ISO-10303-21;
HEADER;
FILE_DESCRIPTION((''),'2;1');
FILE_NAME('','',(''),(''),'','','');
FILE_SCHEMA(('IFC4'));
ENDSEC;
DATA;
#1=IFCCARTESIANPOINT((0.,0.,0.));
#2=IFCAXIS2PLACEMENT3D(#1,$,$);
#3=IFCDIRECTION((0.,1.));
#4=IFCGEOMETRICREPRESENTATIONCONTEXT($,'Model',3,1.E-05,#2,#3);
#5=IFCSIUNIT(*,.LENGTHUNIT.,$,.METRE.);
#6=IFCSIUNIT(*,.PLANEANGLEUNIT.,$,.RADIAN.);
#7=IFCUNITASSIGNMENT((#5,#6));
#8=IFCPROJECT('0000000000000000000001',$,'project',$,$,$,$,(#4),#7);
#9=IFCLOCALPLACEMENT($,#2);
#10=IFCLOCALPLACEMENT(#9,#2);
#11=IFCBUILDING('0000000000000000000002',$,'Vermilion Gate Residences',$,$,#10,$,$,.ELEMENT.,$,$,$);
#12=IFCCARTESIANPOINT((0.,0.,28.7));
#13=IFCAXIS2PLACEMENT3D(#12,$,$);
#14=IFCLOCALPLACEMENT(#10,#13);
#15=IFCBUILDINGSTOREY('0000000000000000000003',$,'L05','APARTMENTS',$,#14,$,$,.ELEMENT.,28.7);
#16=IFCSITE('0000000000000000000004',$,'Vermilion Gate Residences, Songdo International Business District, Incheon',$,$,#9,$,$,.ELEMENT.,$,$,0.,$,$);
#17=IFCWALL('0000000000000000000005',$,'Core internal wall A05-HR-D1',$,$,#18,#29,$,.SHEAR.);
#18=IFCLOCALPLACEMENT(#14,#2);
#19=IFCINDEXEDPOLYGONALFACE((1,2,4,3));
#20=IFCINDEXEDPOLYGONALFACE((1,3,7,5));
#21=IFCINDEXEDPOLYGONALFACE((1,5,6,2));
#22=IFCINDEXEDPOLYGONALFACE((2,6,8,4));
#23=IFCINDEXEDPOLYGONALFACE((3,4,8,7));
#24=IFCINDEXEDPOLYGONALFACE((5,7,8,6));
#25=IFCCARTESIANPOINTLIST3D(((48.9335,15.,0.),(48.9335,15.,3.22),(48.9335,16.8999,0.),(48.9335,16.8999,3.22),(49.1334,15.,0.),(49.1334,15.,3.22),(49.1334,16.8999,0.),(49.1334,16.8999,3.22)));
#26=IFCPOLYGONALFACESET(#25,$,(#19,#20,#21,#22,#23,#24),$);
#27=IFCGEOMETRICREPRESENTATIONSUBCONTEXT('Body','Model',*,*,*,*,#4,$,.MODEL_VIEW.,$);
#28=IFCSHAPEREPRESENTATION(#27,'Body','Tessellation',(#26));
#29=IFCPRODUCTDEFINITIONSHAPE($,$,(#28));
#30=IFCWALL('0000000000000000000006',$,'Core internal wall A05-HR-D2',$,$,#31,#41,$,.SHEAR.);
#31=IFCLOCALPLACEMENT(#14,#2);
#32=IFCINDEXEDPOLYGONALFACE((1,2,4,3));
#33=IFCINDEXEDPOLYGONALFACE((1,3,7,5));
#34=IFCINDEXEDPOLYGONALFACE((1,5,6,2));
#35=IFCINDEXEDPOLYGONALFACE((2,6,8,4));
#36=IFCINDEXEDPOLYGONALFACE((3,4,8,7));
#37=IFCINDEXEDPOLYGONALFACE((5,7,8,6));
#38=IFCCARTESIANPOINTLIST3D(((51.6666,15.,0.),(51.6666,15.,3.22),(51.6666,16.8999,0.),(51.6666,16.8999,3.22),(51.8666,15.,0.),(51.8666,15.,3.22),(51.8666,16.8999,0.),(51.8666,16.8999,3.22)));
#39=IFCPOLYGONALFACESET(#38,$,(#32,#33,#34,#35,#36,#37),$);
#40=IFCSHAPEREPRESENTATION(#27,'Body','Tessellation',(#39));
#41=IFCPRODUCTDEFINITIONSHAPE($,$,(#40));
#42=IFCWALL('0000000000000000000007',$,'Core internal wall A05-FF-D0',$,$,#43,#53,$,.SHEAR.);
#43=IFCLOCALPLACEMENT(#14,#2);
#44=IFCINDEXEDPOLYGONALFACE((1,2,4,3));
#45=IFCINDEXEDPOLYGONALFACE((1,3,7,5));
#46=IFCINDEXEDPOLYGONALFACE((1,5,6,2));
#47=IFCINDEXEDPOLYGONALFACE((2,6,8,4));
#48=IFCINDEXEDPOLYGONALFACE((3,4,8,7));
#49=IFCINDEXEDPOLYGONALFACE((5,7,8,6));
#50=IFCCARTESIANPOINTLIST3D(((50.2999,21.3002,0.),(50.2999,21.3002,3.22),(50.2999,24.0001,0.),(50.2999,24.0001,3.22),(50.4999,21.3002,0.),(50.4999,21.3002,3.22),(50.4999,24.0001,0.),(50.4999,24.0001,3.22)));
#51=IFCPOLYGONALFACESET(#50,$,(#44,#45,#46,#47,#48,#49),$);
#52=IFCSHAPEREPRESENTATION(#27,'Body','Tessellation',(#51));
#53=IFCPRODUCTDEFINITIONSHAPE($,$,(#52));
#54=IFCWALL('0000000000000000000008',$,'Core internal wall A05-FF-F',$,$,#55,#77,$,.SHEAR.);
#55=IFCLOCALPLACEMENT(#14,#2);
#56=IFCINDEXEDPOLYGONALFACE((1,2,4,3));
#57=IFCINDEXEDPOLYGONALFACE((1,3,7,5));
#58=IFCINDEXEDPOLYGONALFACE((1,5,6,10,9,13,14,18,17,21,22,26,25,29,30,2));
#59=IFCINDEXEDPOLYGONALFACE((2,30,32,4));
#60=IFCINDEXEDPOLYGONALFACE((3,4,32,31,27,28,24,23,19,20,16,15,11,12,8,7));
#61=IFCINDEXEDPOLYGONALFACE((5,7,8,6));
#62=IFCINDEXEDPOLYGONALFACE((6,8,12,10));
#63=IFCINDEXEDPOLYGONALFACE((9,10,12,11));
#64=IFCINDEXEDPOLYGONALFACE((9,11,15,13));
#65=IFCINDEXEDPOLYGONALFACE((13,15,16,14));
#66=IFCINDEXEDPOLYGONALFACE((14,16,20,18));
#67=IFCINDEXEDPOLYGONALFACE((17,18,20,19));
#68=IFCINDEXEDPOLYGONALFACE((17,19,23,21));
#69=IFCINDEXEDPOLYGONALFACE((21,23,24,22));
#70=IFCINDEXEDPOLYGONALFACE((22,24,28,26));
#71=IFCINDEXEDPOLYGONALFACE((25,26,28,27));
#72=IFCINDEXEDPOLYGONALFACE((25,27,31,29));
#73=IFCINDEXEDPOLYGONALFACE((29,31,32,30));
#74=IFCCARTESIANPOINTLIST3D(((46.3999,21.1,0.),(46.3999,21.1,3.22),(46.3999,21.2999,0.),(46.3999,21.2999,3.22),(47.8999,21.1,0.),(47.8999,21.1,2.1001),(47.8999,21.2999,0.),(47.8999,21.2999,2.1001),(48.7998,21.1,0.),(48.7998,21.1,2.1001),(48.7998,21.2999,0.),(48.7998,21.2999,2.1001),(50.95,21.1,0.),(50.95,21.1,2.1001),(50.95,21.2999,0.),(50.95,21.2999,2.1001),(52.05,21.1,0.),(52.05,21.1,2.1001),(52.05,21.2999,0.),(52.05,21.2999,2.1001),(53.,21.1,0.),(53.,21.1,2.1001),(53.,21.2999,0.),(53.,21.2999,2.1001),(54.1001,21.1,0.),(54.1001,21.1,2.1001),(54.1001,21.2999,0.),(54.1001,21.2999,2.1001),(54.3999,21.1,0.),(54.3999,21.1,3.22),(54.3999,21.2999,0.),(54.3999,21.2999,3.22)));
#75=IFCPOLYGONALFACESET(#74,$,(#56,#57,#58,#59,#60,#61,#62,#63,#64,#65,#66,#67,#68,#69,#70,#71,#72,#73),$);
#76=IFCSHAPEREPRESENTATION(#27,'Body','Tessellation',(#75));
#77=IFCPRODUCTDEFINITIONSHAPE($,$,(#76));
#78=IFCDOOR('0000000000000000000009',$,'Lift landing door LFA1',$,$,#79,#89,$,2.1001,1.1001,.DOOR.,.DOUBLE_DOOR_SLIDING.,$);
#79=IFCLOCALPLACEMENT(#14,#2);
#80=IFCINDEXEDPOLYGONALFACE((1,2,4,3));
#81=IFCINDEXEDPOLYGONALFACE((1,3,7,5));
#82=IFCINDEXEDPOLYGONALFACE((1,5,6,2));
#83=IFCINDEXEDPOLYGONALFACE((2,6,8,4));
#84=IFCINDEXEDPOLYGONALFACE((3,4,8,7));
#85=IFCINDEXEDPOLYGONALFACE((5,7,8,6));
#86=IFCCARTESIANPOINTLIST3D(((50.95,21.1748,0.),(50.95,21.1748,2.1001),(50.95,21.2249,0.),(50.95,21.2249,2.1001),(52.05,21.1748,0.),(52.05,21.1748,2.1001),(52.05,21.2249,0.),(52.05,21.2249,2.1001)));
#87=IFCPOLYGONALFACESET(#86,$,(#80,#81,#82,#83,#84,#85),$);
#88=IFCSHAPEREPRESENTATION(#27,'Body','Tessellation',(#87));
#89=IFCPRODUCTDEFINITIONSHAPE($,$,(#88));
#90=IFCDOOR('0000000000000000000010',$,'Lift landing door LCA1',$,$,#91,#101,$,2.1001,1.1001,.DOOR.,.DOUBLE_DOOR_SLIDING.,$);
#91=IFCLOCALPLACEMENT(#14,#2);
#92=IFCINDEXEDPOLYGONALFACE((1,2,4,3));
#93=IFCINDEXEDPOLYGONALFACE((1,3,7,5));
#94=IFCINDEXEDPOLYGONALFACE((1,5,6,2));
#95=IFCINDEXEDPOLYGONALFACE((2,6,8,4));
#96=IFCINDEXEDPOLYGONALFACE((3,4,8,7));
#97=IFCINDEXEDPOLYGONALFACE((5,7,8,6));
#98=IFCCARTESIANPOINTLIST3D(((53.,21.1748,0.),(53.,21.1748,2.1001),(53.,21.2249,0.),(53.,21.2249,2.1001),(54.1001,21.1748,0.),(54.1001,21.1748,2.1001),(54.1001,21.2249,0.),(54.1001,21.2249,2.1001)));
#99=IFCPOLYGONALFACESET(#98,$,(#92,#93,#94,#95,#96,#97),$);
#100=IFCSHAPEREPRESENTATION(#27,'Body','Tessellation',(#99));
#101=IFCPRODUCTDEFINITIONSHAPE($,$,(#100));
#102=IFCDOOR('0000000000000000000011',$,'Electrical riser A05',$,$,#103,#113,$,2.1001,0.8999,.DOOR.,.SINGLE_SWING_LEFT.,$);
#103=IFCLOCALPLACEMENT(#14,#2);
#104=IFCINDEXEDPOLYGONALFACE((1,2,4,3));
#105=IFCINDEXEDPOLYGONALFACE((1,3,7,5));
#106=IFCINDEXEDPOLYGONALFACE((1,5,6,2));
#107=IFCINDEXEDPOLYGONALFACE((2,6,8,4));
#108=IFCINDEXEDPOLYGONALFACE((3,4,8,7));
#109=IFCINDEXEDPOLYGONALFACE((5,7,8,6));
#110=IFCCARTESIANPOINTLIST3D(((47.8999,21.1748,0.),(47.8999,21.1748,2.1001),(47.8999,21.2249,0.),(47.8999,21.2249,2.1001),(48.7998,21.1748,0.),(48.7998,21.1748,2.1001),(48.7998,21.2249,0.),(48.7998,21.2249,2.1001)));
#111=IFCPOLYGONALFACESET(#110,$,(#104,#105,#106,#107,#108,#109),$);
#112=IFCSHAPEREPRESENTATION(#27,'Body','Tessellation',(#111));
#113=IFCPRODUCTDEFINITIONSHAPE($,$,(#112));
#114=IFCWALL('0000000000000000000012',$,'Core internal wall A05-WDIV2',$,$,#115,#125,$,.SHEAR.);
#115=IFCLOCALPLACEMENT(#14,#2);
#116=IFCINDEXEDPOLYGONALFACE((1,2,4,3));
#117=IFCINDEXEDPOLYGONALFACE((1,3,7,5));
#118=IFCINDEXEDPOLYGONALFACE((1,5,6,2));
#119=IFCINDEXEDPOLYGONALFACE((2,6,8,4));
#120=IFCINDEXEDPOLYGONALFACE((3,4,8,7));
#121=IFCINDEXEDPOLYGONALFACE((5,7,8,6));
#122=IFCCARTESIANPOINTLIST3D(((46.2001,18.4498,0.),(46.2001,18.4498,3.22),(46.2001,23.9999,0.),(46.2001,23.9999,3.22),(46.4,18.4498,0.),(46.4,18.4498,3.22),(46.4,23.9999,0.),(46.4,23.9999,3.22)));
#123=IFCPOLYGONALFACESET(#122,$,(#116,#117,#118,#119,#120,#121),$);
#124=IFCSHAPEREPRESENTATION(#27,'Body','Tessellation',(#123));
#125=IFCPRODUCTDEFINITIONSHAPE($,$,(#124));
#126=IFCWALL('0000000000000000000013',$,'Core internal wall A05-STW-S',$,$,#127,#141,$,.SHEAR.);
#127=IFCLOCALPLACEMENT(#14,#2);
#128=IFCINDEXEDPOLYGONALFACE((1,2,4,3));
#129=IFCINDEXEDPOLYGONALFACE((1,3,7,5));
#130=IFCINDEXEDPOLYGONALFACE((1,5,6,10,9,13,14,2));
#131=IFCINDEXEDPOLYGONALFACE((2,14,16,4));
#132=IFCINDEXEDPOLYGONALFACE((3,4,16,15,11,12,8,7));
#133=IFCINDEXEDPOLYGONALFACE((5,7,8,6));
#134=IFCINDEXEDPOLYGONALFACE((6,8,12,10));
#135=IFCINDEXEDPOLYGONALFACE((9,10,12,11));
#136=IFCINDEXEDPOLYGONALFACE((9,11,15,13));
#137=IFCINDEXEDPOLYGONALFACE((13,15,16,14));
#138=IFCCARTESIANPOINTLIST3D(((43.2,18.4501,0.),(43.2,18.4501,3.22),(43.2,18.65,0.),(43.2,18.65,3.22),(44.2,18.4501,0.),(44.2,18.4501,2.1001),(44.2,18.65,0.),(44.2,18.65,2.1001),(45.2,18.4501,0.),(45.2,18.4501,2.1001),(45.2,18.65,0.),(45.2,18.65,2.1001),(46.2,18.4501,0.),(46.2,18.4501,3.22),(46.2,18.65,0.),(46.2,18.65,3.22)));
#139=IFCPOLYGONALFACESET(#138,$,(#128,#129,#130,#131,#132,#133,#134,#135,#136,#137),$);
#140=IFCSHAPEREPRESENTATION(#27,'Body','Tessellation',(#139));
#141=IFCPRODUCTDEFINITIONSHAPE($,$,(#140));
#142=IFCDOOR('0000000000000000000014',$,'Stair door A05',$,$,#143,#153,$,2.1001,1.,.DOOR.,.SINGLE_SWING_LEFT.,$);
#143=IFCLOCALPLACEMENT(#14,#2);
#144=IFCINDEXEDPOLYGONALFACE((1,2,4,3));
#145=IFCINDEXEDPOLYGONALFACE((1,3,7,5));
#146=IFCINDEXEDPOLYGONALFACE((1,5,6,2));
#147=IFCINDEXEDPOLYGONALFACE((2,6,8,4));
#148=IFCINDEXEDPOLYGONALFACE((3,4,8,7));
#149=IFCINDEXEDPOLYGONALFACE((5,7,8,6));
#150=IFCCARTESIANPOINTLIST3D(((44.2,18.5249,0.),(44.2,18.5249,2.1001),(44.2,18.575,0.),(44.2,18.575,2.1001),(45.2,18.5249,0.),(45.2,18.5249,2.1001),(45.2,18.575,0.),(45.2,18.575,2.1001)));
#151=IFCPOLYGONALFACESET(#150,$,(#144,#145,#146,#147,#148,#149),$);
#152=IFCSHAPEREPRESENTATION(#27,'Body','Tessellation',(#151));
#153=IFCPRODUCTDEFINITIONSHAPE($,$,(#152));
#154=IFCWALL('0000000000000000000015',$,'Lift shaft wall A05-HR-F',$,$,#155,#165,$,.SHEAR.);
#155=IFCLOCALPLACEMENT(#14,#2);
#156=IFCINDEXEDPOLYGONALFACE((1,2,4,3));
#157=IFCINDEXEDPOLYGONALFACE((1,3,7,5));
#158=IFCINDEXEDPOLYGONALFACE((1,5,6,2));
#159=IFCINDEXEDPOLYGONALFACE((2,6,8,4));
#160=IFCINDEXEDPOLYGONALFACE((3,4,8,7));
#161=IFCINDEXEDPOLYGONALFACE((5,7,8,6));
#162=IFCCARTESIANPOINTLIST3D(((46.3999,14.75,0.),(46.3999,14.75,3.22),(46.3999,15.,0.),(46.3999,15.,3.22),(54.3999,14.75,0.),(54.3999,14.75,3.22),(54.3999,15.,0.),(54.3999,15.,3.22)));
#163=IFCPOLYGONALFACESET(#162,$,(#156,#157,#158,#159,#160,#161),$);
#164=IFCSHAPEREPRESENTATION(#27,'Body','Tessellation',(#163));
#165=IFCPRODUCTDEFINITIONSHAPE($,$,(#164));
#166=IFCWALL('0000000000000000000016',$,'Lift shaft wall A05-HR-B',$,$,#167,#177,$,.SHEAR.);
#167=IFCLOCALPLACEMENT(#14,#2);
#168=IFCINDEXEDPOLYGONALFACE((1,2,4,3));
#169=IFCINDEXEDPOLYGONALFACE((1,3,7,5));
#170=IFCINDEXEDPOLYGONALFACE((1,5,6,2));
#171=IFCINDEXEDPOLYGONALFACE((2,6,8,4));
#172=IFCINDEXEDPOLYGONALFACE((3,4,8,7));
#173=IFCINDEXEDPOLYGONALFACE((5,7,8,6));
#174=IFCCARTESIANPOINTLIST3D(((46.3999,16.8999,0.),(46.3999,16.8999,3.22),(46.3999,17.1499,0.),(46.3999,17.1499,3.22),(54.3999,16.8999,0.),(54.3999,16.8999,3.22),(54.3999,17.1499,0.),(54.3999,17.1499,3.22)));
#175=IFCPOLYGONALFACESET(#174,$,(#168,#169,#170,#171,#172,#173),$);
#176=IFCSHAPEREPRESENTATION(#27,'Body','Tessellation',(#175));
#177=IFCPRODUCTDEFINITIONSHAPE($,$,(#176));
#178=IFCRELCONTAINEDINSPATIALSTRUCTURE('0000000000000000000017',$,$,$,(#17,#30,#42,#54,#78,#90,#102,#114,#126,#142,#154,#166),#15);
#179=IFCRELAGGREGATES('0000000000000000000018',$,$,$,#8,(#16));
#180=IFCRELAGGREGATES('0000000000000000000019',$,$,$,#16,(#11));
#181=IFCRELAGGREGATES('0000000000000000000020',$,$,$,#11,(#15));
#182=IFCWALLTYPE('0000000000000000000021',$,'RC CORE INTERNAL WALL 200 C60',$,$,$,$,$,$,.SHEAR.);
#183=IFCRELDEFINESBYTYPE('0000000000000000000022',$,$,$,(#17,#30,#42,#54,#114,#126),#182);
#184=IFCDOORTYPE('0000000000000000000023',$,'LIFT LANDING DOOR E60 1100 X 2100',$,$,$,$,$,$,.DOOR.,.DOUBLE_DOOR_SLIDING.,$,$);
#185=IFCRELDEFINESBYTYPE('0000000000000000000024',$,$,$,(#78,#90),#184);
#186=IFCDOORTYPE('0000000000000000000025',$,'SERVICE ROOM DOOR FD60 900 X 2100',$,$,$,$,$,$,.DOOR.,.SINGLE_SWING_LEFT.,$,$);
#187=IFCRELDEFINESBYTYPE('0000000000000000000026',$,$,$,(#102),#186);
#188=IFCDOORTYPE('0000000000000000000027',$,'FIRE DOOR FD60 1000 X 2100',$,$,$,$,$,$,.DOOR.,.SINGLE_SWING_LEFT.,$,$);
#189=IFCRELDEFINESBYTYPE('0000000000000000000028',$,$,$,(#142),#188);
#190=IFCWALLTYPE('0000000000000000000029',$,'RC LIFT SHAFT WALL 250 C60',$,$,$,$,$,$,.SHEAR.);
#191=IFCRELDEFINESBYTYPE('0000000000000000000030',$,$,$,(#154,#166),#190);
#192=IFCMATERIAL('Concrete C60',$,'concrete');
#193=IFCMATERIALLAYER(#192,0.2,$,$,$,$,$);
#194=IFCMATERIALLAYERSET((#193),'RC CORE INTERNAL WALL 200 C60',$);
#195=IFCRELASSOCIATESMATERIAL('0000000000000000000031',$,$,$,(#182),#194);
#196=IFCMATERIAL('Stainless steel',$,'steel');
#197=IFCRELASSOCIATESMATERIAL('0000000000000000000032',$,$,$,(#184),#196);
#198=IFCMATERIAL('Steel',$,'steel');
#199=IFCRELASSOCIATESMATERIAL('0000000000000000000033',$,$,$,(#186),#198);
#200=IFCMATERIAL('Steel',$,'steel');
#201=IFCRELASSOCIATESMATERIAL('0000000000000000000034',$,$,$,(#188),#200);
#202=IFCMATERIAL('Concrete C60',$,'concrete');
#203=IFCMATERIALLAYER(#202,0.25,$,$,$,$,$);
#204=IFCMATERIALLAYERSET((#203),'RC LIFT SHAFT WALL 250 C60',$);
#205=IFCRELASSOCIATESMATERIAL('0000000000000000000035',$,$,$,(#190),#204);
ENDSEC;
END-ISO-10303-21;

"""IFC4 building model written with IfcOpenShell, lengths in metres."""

from ifc_helpers import new_model, si_unit, direction, frame, frame_2d, origin, place, context, subcontext, project, spatial, rectangle, extrude, material, layer, layer_set, type_object, element, fill, save


model = new_model("IFC4")

# Units and contexts
model_context = context("Model", 3, precision=1e-05, world=origin(), true_north=direction((0.0, 1.0)))
body_context = subcontext(model_context, "Body", "Model", "MODEL_VIEW")
ifc_project = project(units=[si_unit("LENGTHUNIT", "METRE"), si_unit("PLANEANGLEUNIT", "RADIAN")], contexts=[model_context])

# Site, building, storey
site_placement = place(None, origin())
site = spatial("IfcSite", under=ifc_project, at=site_placement, Name="Vermilion Gate Residences, Songdo International Business District, Incheon", CompositionType="ELEMENT", RefElevation=0.0)
building_placement = place(site_placement, origin())
building = spatial("IfcBuilding", under=site, at=building_placement, Name="Vermilion Gate Residences", CompositionType="ELEMENT")
storey_placement = place(building_placement, frame((0.0, 0.0, 28.7)))
storey = spatial("IfcBuildingStorey", under=building, at=storey_placement, Name="L05", Description="APARTMENTS", CompositionType="ELEMENT", Elevation=28.7)

# Walls
ifc_material_1 = material(Name="Concrete C60", Category="concrete")
ifc_layer_1 = layer(ifc_material_1, 0.2)
ifc_layer_set_1 = layer_set([ifc_layer_1], Name="RC CORE INTERNAL WALL 200 C60")
wall_type_1 = type_object("IfcWallType", Name="RC CORE INTERNAL WALL 200 C60", PredefinedType="SHEAR", material=ifc_layer_set_1)
for number, where, z_axis, x_axis, name in (
    (1, (49.0334, 15.0, 0.0), (0.0, 0.0, 1.0), (0.0, 1.0, 0.0), "Core internal wall A05-HR-D1"),
    (2, (51.7666, 15.0, 0.0), (0.0, 0.0, 1.0), (0.0, 1.0, 0.0), "Core internal wall A05-HR-D2"),
):
    element("IfcWall", number, at=place(storey_placement, frame(where, z_axis=z_axis, x_axis=x_axis)), inside=storey, type_object=wall_type_1, Name=name, PredefinedType="SHEAR", context=body_context, shape_type="SweptSolid", body=[
        extrude(rectangle(XDim=1.8999, YDim=0.2, at=frame_2d((0.95, 0.0))), origin(), (0.0, 0.0, 1.0), 3.22),
    ])
wall_1_placement = place(storey_placement, frame((50.3999, 21.3, 0.0), z_axis=(0.0, 0.0, 1.0), x_axis=(0.0, 1.0, 0.0)))
element("IfcWall", 3, at=wall_1_placement, inside=storey, type_object=wall_type_1, Name="Core internal wall A05-FF-D0", PredefinedType="SHEAR", context=body_context, shape_type="SweptSolid", body=[
    extrude(rectangle(XDim=2.7, YDim=0.2, at=frame_2d((1.3501, 0.0))), origin(), (0.0, 0.0, 1.0), 3.22),
])

# Wall, openings, doors
wall_2_placement = place(storey_placement, frame((46.3999, 21.2, 0.0), z_axis=(0.0, 0.0, 1.0), x_axis=(1.0, 0.0, 0.0)))
wall_2 = element("IfcWall", 4, at=wall_2_placement, inside=storey, type_object=wall_type_1, Name="Core internal wall A05-FF-F", PredefinedType="SHEAR", context=body_context, shape_type="SweptSolid", body=[
    extrude(rectangle(XDim=8.0, YDim=0.2, at=frame_2d((4.0, 0.0))), origin(), (0.0, 0.0, 1.0), 3.22),
])
opening_1_placement = place(wall_2_placement, frame((1.5, 0.0, 0.0)))
opening_1 = element("IfcOpeningElement", 5, at=opening_1_placement, cuts=wall_2, PredefinedType="OPENING", context=body_context, shape_type="SweptSolid", body=[
    extrude(rectangle(XDim=0.8999, YDim=2.1001, at=frame_2d((0.45, 1.05))), frame((0.0, 0.1099, 0.0), z_axis=(0.0, -1.0, 0.0), x_axis=(1.0, 0.0, 0.0)), (0.0, 0.0, 1.0), 0.22),
])
opening_2_placement = place(wall_2_placement, frame((4.55, 0.0, 0.0)))
opening_2 = element("IfcOpeningElement", 6, at=opening_2_placement, cuts=wall_2, PredefinedType="OPENING", context=body_context, shape_type="SweptSolid", body=[
    extrude(rectangle(XDim=1.1001, YDim=2.1001, at=frame_2d((0.55, 1.05))), frame((0.0, 0.1099, 0.0), z_axis=(0.0, -1.0, 0.0), x_axis=(1.0, 0.0, 0.0)), (0.0, 0.0, 1.0), 0.22),
])
opening_3_placement = place(wall_2_placement, frame((6.6001, 0.0, 0.0)))
opening_3 = element("IfcOpeningElement", 7, at=opening_3_placement, cuts=wall_2, PredefinedType="OPENING", context=body_context, shape_type="SweptSolid", body=[
    extrude(rectangle(XDim=1.1001, YDim=2.1001, at=frame_2d((0.55, 1.05))), frame((0.0, 0.1099, 0.0), z_axis=(0.0, -1.0, 0.0), x_axis=(1.0, 0.0, 0.0)), (0.0, 0.0, 1.0), 0.22),
])
ifc_material_2 = material(Name="Stainless steel", Category="steel")
door_type_1 = type_object("IfcDoorType", Name="LIFT LANDING DOOR E60 1100 X 2100", OperationType="DOUBLE_DOOR_SLIDING", PredefinedType="DOOR", material=ifc_material_2)
door_1_placement = place(opening_2_placement, origin())
door_1 = element("IfcDoor", 8, at=door_1_placement, inside=storey, type_object=door_type_1, Name="Lift landing door LFA1", OperationType="DOUBLE_DOOR_SLIDING", OverallHeight=2.1001, OverallWidth=1.1001, PredefinedType="DOOR", context=body_context, shape_type="SweptSolid", body=[
    extrude(rectangle(XDim=1.1001, YDim=2.1001, at=frame_2d((0.55, 1.05))), frame((0.0, 0.0249, 0.0), z_axis=(0.0, -1.0, 0.0), x_axis=(1.0, 0.0, 0.0)), (0.0, 0.0, 1.0), 0.05),
])
fill(opening_2, door_1)
door_2_placement = place(opening_3_placement, origin())
door_2 = element("IfcDoor", 9, at=door_2_placement, inside=storey, type_object=door_type_1, Name="Lift landing door LCA1", OperationType="DOUBLE_DOOR_SLIDING", OverallHeight=2.1001, OverallWidth=1.1001, PredefinedType="DOOR", context=body_context, shape_type="SweptSolid", body=[
    extrude(rectangle(XDim=1.1001, YDim=2.1001, at=frame_2d((0.55, 1.05))), frame((0.0, 0.0249, 0.0), z_axis=(0.0, -1.0, 0.0), x_axis=(1.0, 0.0, 0.0)), (0.0, 0.0, 1.0), 0.05),
])
fill(opening_3, door_2)
ifc_material_3 = material(Name="Steel", Category="steel")
door_type_2 = type_object("IfcDoorType", Name="SERVICE ROOM DOOR FD60 900 X 2100", OperationType="SINGLE_SWING_LEFT", PredefinedType="DOOR", material=ifc_material_3)
door_3_placement = place(opening_1_placement, origin())
door_3 = element("IfcDoor", 10, at=door_3_placement, inside=storey, type_object=door_type_2, Name="Electrical riser A05", OperationType="SINGLE_SWING_LEFT", OverallHeight=2.1001, OverallWidth=0.8999, PredefinedType="DOOR", context=body_context, shape_type="SweptSolid", body=[
    extrude(rectangle(XDim=0.8999, YDim=2.1001, at=frame_2d((0.45, 1.05))), frame((0.0, 0.0249, 0.0), z_axis=(0.0, -1.0, 0.0), x_axis=(1.0, 0.0, 0.0)), (0.0, 0.0, 1.0), 0.05),
])
fill(opening_1, door_3)

# Wall
wall_3_placement = place(storey_placement, frame((46.3, 18.45, 0.0), z_axis=(0.0, 0.0, 1.0), x_axis=(0.0, 1.0, 0.0)))
element("IfcWall", 11, at=wall_3_placement, inside=storey, type_object=wall_type_1, Name="Core internal wall A05-WDIV2", PredefinedType="SHEAR", context=body_context, shape_type="SweptSolid", body=[
    extrude(rectangle(XDim=5.55, YDim=0.2, at=frame_2d((2.7749, 0.0))), origin(), (0.0, 0.0, 1.0), 3.22),
])

# Wall, opening, door
wall_4_placement = place(storey_placement, frame((43.2, 18.55, 0.0), z_axis=(0.0, 0.0, 1.0), x_axis=(1.0, 0.0, 0.0)))
wall_4 = element("IfcWall", 12, at=wall_4_placement, inside=storey, type_object=wall_type_1, Name="Core internal wall A05-STW-S", PredefinedType="SHEAR", context=body_context, shape_type="SweptSolid", body=[
    extrude(rectangle(XDim=3.0, YDim=0.2, at=frame_2d((1.5, 0.0))), origin(), (0.0, 0.0, 1.0), 3.22),
])
opening_4_placement = place(wall_4_placement, frame((1.0, 0.0, 0.0)))
opening_4 = element("IfcOpeningElement", 13, at=opening_4_placement, cuts=wall_4, PredefinedType="OPENING", context=body_context, shape_type="SweptSolid", body=[
    extrude(rectangle(XDim=1.0, YDim=2.1001, at=frame_2d((0.5, 1.05))), frame((0.0, 0.1099, 0.0), z_axis=(0.0, -1.0, 0.0), x_axis=(1.0, 0.0, 0.0)), (0.0, 0.0, 1.0), 0.22),
])
ifc_material_4 = material(Name="Steel", Category="steel")
door_type_3 = type_object("IfcDoorType", Name="FIRE DOOR FD60 1000 X 2100", OperationType="SINGLE_SWING_LEFT", PredefinedType="DOOR", material=ifc_material_4)
door_4_placement = place(opening_4_placement, origin())
door_4 = element("IfcDoor", 14, at=door_4_placement, inside=storey, type_object=door_type_3, Name="Stair door A05", OperationType="SINGLE_SWING_LEFT", OverallHeight=2.1001, OverallWidth=1.0, PredefinedType="DOOR", context=body_context, shape_type="SweptSolid", body=[
    extrude(rectangle(XDim=1.0, YDim=2.1001, at=frame_2d((0.5, 1.05))), frame((0.0, 0.0249, 0.0), z_axis=(0.0, -1.0, 0.0), x_axis=(1.0, 0.0, 0.0)), (0.0, 0.0, 1.0), 0.05),
])
fill(opening_4, door_4)

# Walls
ifc_material_5 = material(Name="Concrete C60", Category="concrete")
ifc_layer_2 = layer(ifc_material_5, 0.25)
ifc_layer_set_2 = layer_set([ifc_layer_2], Name="RC LIFT SHAFT WALL 250 C60")
wall_type_2 = type_object("IfcWallType", Name="RC LIFT SHAFT WALL 250 C60", PredefinedType="SHEAR", material=ifc_layer_set_2)
for number, where, z_axis, x_axis, name in (
    (15, (46.3999, 14.875, 0.0), (0.0, 0.0, 1.0), (1.0, 0.0, 0.0), "Lift shaft wall A05-HR-F"),
    (16, (46.3999, 17.0249, 0.0), (0.0, 0.0, 1.0), (1.0, 0.0, 0.0), "Lift shaft wall A05-HR-B"),
):
    element("IfcWall", number, at=place(storey_placement, frame(where, z_axis=z_axis, x_axis=x_axis)), inside=storey, type_object=wall_type_2, Name=name, PredefinedType="SHEAR", context=body_context, shape_type="SweptSolid", body=[
        extrude(rectangle(XDim=8.0, YDim=0.25, at=frame_2d((4.0, 0.0))), origin(), (0.0, 0.0, 1.0), 3.22),
    ])

save(model, "model.ifc")
